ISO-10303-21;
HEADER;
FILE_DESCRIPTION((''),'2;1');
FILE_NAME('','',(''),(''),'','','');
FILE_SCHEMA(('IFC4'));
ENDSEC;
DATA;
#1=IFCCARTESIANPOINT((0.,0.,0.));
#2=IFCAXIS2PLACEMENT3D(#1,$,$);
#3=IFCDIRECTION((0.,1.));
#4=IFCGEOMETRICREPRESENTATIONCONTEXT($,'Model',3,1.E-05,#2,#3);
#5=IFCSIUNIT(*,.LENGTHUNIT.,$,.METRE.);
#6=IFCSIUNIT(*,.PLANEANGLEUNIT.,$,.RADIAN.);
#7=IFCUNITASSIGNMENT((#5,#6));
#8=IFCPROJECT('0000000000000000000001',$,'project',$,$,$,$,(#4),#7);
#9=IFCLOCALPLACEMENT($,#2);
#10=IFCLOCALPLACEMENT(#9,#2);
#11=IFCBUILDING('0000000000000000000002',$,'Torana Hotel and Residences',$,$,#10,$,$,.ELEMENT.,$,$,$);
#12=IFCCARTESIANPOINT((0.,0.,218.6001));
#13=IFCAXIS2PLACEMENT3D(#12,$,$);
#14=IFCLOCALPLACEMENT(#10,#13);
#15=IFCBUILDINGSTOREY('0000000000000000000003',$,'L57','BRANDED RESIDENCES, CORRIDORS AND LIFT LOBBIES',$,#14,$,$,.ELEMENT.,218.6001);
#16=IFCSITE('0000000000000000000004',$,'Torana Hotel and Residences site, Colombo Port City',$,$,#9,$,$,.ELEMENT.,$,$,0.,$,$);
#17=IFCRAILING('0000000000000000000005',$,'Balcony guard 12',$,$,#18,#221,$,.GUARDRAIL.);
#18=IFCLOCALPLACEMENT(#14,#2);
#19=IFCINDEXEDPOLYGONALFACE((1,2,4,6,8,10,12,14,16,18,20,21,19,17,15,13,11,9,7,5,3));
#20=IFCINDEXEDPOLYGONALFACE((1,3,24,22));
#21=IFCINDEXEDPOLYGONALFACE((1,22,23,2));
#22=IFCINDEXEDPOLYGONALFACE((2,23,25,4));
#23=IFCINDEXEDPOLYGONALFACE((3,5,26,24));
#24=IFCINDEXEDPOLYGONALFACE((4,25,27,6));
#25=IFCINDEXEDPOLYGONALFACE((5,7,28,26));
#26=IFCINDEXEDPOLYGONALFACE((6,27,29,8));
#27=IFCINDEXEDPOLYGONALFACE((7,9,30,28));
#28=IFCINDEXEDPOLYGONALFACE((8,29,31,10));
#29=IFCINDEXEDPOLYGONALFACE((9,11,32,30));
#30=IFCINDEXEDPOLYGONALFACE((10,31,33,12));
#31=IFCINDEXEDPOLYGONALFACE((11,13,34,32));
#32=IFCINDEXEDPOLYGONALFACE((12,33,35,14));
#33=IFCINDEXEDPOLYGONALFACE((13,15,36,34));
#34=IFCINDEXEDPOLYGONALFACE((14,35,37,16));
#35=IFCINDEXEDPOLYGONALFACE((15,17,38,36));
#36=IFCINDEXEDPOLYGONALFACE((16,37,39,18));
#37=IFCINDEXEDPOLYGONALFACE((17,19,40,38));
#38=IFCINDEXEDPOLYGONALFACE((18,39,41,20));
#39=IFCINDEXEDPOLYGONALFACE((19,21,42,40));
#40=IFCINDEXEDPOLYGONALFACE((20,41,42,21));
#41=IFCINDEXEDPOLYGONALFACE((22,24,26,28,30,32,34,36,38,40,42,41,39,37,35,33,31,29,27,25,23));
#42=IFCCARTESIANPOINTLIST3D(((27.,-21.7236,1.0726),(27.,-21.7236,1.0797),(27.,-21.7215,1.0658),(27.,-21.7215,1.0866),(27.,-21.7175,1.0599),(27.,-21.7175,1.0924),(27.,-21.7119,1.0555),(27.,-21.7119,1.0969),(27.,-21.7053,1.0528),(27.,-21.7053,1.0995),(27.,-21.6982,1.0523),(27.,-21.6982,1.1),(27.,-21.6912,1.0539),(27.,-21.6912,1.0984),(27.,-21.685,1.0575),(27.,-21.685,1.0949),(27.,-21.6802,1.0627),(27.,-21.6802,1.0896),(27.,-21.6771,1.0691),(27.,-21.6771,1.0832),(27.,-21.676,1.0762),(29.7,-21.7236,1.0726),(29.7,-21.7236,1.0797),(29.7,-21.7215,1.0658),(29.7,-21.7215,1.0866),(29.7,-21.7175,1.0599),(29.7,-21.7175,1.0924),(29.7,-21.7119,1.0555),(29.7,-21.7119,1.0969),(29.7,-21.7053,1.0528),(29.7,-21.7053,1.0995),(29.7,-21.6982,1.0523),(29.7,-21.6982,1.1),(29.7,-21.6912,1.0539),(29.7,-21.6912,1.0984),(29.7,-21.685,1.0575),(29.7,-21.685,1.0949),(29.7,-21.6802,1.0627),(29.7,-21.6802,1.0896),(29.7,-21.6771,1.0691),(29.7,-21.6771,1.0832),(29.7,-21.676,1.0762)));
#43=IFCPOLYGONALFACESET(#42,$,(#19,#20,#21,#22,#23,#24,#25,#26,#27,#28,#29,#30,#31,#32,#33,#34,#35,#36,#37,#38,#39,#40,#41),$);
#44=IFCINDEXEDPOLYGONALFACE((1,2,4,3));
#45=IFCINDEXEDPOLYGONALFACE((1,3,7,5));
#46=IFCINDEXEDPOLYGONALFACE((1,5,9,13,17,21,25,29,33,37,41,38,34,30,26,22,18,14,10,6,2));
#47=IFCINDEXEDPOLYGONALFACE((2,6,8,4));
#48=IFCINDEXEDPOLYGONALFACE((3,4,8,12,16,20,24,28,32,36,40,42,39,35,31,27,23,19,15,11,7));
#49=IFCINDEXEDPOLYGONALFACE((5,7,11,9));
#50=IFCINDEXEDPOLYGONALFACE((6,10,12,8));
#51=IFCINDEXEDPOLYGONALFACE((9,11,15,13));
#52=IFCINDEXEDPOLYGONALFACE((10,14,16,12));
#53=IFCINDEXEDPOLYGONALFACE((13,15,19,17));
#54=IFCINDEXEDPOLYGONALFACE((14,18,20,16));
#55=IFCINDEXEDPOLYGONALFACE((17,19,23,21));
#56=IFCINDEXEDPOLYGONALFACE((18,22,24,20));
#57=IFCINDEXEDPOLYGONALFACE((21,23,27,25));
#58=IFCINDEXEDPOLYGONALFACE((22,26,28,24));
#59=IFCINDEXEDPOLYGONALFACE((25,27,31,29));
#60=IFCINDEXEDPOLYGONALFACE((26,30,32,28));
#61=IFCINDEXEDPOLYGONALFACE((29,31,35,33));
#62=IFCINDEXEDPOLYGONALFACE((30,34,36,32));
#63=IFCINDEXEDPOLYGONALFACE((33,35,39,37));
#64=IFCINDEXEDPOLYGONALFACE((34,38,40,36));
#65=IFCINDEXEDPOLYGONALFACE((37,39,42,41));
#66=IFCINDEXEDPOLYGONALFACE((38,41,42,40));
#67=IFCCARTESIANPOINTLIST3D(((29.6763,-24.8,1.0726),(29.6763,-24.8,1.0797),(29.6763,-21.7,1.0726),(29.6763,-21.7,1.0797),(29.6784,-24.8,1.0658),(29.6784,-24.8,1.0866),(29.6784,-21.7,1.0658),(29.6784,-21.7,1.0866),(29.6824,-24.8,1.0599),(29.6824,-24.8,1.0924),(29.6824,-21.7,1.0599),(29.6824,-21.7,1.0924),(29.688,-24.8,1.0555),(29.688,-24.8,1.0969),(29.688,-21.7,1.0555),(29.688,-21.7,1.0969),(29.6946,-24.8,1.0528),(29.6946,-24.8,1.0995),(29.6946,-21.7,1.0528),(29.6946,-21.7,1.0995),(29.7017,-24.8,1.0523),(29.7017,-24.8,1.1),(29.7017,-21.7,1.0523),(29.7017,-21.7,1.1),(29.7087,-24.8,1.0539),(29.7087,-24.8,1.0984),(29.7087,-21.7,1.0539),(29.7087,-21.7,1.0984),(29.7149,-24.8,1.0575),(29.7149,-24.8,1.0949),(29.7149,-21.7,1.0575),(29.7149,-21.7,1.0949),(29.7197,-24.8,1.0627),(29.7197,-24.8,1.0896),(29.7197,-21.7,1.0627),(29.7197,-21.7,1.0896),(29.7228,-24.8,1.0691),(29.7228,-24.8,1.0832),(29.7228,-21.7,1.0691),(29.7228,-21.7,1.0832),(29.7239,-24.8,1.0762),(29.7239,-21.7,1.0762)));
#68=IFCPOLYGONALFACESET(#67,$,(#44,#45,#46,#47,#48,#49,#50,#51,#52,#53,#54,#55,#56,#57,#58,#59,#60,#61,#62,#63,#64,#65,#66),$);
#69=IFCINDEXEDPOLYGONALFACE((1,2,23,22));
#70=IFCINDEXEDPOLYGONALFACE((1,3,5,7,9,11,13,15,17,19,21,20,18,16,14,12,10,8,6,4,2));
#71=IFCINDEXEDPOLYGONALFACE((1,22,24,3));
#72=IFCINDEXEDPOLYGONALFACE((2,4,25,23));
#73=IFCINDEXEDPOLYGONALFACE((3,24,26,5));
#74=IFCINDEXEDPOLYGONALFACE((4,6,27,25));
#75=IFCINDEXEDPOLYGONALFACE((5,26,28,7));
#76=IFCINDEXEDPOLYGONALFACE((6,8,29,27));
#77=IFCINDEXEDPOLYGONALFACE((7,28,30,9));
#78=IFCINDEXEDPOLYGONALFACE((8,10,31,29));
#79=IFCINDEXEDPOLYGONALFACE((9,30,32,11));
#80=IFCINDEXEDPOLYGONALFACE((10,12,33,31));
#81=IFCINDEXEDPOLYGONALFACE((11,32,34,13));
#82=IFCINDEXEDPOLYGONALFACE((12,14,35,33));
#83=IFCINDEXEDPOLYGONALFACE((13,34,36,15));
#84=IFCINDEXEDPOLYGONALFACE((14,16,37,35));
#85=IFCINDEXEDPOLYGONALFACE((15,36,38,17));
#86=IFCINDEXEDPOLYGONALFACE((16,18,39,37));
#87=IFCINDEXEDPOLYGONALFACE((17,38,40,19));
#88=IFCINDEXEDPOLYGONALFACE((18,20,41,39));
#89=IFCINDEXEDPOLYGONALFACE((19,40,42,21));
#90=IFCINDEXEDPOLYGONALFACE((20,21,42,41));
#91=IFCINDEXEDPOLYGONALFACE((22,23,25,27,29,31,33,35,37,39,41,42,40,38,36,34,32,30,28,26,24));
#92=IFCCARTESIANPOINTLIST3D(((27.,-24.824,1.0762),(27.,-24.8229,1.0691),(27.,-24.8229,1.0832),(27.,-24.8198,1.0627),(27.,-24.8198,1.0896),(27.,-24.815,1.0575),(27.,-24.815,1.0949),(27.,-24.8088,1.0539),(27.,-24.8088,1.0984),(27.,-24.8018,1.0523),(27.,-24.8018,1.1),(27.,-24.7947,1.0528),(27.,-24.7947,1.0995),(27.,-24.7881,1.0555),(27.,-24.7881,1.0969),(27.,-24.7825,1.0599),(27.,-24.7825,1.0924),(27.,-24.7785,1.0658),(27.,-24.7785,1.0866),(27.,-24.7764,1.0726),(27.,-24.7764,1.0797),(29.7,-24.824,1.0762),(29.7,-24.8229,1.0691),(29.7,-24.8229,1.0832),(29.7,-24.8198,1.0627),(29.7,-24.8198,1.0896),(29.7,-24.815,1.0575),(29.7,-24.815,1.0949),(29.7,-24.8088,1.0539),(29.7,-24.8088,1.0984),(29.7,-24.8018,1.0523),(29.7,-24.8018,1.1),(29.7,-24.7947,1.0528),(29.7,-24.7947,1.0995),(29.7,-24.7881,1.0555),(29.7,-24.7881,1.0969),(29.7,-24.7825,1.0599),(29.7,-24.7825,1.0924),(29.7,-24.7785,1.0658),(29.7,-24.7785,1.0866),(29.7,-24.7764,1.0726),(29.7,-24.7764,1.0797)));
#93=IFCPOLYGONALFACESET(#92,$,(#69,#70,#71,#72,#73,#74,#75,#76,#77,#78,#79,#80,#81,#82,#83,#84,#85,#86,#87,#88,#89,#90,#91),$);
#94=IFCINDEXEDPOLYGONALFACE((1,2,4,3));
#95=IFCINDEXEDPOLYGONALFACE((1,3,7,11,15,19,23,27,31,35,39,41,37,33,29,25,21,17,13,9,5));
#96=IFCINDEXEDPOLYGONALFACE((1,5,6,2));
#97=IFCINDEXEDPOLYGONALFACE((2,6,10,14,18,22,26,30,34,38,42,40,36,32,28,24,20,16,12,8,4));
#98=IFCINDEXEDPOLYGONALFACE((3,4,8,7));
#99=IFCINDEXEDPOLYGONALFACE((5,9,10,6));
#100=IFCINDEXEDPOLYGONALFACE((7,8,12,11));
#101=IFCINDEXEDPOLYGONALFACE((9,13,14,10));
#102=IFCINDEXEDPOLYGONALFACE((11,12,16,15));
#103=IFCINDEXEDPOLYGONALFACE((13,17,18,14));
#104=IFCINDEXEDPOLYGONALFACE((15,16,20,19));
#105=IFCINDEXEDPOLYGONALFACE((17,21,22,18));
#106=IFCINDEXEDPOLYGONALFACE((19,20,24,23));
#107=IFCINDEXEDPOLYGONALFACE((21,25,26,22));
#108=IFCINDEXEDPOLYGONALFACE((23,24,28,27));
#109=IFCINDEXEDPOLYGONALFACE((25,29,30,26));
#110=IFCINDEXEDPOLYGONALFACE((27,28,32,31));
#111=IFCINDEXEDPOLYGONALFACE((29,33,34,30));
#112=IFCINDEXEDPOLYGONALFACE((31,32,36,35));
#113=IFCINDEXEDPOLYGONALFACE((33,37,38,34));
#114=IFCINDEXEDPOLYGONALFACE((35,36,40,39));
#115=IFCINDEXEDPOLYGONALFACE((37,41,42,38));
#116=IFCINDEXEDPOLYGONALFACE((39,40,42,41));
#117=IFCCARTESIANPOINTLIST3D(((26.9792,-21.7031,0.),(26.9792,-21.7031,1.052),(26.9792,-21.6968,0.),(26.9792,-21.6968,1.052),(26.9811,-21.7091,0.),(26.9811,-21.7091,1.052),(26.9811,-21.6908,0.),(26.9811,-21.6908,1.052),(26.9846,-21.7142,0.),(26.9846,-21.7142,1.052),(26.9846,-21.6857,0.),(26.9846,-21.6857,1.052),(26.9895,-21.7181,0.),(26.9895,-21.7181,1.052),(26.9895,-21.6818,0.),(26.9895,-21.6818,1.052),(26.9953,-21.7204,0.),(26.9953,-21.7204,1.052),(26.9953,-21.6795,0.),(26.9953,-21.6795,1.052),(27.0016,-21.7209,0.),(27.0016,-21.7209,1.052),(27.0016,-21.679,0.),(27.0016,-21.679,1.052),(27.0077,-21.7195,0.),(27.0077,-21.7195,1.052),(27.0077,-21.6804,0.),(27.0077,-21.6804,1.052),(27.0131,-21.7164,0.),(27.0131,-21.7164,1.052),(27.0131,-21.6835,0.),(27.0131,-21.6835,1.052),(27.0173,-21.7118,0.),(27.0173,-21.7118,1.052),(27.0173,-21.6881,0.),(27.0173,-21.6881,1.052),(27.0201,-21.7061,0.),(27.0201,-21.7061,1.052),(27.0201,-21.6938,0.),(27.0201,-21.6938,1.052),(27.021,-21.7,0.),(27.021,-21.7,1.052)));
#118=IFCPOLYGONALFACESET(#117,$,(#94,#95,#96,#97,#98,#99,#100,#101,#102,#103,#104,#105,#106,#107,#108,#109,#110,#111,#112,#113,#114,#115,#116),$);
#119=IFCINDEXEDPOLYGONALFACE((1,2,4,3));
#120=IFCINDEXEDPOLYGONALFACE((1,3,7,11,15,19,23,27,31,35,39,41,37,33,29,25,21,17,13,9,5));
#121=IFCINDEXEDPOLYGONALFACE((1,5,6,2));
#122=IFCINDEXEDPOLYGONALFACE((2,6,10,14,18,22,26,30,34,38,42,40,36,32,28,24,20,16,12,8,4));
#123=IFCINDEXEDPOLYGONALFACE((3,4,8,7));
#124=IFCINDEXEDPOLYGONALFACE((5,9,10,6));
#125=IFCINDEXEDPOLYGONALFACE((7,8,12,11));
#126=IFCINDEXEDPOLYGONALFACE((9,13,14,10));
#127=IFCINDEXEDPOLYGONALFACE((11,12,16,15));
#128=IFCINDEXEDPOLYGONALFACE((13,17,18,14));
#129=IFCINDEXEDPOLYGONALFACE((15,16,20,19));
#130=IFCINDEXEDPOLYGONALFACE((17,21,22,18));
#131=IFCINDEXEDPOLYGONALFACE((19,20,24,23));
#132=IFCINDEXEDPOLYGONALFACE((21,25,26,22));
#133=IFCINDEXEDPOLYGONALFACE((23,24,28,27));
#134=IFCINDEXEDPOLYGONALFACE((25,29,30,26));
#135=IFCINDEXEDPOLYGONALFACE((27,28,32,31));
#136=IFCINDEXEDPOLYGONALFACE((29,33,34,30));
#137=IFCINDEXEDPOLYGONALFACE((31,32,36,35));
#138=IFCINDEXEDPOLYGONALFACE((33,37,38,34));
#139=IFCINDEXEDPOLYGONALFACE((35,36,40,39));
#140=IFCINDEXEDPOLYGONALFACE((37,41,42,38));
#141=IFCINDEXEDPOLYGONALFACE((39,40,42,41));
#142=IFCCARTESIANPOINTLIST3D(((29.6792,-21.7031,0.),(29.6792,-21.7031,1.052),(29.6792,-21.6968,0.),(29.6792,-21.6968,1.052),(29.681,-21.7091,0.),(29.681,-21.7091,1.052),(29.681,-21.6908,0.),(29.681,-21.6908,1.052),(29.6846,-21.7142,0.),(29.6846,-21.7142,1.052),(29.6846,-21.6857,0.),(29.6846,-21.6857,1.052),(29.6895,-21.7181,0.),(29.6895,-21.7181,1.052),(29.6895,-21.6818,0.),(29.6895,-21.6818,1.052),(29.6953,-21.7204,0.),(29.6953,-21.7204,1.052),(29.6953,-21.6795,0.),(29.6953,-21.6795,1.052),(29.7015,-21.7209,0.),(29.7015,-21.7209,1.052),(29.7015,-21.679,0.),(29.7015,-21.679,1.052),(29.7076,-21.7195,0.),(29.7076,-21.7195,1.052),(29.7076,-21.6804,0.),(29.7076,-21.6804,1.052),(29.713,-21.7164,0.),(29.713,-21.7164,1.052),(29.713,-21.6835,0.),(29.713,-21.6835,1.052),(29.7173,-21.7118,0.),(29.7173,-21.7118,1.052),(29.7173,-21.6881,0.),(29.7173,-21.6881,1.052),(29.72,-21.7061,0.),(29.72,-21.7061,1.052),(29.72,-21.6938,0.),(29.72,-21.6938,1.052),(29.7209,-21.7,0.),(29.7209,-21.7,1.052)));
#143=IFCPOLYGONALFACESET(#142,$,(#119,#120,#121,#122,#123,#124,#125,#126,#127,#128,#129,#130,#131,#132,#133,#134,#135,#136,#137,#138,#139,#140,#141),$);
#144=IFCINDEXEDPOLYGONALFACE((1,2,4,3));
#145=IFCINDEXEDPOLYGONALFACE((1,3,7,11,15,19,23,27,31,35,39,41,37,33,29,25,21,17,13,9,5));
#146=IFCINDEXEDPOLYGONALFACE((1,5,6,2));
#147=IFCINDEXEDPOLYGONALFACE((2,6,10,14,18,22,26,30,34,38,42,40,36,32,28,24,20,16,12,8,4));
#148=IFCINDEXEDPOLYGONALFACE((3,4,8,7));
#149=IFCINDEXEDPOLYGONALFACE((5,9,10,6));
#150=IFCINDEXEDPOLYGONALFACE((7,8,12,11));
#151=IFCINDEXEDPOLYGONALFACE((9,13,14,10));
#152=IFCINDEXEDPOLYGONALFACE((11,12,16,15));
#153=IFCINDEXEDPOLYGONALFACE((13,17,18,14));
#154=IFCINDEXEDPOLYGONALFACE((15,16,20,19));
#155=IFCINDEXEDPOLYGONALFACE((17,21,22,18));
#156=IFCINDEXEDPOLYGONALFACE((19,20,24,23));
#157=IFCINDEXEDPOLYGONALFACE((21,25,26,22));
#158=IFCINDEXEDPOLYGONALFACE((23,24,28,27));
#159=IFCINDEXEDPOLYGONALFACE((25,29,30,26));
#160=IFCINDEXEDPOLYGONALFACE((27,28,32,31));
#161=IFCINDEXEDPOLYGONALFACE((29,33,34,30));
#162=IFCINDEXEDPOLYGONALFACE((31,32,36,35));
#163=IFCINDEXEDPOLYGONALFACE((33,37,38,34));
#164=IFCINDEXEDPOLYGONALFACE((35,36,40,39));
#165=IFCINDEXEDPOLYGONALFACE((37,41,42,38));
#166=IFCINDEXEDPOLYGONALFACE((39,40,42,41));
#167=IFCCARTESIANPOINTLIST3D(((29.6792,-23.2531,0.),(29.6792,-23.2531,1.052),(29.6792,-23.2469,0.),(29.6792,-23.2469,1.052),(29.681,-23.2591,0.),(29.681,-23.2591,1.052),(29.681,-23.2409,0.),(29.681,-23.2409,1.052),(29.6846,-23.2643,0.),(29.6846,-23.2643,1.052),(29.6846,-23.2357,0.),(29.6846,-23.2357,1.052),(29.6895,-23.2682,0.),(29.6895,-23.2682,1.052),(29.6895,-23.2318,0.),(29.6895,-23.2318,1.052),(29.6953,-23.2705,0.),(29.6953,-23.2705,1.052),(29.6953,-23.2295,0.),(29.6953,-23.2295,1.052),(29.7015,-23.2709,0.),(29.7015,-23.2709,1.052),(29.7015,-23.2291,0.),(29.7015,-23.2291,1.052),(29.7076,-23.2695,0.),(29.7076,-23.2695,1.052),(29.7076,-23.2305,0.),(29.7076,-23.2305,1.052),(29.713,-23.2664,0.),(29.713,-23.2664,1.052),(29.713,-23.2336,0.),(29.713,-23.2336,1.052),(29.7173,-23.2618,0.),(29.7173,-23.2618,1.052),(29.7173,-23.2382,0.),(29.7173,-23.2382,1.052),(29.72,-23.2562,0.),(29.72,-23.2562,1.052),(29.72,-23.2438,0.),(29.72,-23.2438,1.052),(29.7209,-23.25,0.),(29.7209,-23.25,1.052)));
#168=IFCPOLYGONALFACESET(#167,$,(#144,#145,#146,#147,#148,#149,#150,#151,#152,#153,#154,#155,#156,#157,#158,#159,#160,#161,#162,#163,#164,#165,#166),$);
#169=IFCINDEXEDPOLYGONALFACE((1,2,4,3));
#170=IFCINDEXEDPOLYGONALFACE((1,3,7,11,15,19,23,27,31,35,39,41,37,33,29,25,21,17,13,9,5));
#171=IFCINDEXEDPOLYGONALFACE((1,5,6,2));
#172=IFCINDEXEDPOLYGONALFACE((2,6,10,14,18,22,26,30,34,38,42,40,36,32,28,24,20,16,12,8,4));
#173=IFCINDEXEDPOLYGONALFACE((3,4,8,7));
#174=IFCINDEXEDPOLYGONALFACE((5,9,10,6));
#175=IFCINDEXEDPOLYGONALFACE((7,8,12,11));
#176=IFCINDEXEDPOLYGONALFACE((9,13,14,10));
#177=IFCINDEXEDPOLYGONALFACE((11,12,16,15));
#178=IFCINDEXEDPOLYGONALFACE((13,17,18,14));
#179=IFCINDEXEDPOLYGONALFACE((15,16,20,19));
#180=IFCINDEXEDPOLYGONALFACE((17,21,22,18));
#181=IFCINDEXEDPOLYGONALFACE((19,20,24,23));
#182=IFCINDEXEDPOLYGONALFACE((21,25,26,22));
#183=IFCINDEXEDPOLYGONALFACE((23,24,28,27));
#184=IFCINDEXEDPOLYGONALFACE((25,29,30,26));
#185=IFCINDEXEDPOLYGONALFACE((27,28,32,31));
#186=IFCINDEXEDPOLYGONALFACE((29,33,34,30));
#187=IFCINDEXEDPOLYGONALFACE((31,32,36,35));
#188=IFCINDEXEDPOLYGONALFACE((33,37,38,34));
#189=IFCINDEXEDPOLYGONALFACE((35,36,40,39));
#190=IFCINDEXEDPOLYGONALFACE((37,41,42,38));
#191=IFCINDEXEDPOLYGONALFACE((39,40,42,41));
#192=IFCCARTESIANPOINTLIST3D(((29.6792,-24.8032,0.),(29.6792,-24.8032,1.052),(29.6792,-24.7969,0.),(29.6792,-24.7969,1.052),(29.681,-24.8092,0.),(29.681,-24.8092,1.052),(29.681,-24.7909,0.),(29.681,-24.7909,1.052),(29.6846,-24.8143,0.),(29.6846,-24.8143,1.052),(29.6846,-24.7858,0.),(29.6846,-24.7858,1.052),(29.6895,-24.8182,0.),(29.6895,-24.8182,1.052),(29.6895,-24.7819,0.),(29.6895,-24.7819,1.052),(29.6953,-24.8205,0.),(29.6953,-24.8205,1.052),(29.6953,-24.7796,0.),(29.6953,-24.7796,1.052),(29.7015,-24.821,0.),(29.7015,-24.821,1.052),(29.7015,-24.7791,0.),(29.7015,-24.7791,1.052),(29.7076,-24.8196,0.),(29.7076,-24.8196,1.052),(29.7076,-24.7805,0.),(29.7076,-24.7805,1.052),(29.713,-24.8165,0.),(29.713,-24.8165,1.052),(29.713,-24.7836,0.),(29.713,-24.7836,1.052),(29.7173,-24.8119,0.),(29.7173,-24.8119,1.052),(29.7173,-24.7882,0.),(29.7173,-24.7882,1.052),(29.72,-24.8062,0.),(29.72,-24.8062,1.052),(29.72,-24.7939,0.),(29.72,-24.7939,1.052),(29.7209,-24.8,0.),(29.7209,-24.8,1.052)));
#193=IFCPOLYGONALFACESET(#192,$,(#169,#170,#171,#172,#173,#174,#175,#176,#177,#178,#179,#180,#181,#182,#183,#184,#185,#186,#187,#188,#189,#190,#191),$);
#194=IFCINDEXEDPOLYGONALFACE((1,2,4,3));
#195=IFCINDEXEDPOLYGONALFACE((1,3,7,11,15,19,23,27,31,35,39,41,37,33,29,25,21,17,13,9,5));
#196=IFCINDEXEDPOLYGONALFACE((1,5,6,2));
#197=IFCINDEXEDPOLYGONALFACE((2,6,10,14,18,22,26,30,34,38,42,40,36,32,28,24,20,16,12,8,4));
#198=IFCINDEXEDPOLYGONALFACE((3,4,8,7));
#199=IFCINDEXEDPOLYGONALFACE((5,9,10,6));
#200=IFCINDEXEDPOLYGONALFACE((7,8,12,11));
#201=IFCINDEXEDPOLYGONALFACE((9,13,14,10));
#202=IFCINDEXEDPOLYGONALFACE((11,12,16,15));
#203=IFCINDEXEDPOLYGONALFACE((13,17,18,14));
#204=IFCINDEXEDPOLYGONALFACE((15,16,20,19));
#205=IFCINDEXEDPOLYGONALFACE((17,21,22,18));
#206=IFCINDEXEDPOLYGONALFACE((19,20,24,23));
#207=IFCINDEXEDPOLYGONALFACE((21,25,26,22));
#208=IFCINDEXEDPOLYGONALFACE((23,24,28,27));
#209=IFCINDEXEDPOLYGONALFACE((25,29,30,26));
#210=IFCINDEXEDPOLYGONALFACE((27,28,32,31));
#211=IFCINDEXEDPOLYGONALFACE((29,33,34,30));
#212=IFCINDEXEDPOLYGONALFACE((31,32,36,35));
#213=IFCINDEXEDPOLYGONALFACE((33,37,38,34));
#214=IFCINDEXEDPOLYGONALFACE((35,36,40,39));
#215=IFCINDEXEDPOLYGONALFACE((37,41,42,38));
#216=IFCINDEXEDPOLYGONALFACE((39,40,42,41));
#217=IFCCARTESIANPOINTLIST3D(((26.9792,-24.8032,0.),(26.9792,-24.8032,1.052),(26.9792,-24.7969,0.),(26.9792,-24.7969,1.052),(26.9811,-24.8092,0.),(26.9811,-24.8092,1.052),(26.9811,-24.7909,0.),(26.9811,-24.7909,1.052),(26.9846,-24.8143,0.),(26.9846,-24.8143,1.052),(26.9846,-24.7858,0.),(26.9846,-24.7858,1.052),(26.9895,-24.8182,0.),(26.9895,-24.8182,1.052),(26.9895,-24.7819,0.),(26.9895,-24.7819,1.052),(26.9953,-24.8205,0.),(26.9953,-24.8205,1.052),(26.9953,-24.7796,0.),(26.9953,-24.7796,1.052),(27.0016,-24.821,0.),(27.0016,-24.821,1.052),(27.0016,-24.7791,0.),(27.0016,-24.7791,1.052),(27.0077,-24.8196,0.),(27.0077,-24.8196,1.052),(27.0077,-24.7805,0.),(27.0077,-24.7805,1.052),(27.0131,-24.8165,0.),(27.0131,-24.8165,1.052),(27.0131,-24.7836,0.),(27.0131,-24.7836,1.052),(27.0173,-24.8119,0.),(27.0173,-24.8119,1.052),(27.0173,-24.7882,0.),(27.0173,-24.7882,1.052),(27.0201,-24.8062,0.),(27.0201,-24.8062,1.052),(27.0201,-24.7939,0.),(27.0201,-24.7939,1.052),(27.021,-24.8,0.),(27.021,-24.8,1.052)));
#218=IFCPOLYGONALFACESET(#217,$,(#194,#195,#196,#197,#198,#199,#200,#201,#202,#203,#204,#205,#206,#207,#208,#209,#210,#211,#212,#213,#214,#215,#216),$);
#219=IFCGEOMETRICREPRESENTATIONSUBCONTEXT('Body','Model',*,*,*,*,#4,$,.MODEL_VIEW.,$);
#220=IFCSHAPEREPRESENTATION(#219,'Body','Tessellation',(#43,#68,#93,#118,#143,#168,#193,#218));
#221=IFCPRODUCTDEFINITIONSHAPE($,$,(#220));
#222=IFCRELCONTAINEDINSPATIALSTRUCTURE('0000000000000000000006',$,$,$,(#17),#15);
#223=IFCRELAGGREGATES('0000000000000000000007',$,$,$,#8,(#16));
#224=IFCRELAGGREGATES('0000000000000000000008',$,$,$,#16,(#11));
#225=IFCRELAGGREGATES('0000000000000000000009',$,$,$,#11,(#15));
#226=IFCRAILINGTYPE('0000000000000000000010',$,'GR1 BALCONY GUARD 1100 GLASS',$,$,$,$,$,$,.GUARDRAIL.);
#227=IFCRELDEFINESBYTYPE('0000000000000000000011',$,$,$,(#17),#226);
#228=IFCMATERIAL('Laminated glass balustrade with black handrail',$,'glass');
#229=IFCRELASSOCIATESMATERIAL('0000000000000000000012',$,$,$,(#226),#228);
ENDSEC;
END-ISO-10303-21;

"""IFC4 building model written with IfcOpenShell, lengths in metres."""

from ifc_helpers import new_model, si_unit, direction, frame, origin, origin_2d, place, context, subcontext, project, spatial, circle, extrude, material, type_object, element, save


model = new_model("IFC4")

# Units and contexts
model_context = context("Model", 3, precision=1e-05, world=origin(), true_north=direction((0.0, 1.0)))
body_context = subcontext(model_context, "Body", "Model", "MODEL_VIEW")
ifc_project = project(units=[si_unit("LENGTHUNIT", "METRE"), si_unit("PLANEANGLEUNIT", "RADIAN")], contexts=[model_context])

# Site, building, storey
site_placement = place(None, origin())
site = spatial("IfcSite", under=ifc_project, at=site_placement, Name="Torana Hotel and Residences site, Colombo Port City", CompositionType="ELEMENT", RefElevation=0.0)
building_placement = place(site_placement, origin())
building = spatial("IfcBuilding", under=site, at=building_placement, Name="Torana Hotel and Residences", CompositionType="ELEMENT")
storey_placement = place(building_placement, frame((0.0, 0.0, 218.6001)))
storey = spatial("IfcBuildingStorey", under=building, at=storey_placement, Name="L57", Description="BRANDED RESIDENCES, CORRIDORS AND LIFT LOBBIES", CompositionType="ELEMENT", Elevation=218.6001)

# Railing
ifc_material_1 = material(Name="Laminated glass balustrade with black handrail", Category="glass")
railing_type = type_object("IfcRailingType", Name="GR1 BALCONY GUARD 1100 GLASS", PredefinedType="GUARDRAIL", material=ifc_material_1)
railing_1_placement = place(storey_placement, frame((27.0, -21.7, 0.0)))
element("IfcRailing", 1, at=railing_1_placement, inside=storey, type_object=railing_type, Name="Balcony guard 12", PredefinedType="GUARDRAIL", context=body_context, shape_type="SweptSolid", body=[
    extrude(circle(Radius=0.0239, at=origin_2d()), frame((0.0, 0.0, 1.0762), z_axis=(1.0, 0.0, 0.0), x_axis=(0.0, 1.0, 0.0)), (0.0, 0.0, 1.0), 2.7),
    extrude(circle(Radius=0.0239, at=origin_2d()), frame((2.7, 0.0, 1.0762), z_axis=(0.0, -1.0, 0.0), x_axis=(1.0, 0.0, 0.0)), (0.0, 0.0, 1.0), 3.1001),
    extrude(circle(Radius=0.0239, at=origin_2d()), frame((2.7, -3.1001, 1.0762), z_axis=(-1.0, 0.0, 0.0), x_axis=(0.0, -1.0, 0.0)), (0.0, 0.0, 1.0), 2.7),
    extrude(circle(Radius=0.021, at=origin_2d()), origin(), (0.0, 0.0, 1.0), 1.052),
    extrude(circle(Radius=0.021, at=origin_2d()), frame((2.7, 0.0, 0.0)), (0.0, 0.0, 1.0), 1.052),
    extrude(circle(Radius=0.021, at=origin_2d()), frame((2.7, -1.55, 0.0)), (0.0, 0.0, 1.0), 1.052),
    extrude(circle(Radius=0.021, at=origin_2d()), frame((2.7, -3.1001, 0.0)), (0.0, 0.0, 1.0), 1.052),
    extrude(circle(Radius=0.021, at=origin_2d()), frame((0.0, -3.1001, 0.0)), (0.0, 0.0, 1.0), 1.052),
])

save(model, "model.ifc")
